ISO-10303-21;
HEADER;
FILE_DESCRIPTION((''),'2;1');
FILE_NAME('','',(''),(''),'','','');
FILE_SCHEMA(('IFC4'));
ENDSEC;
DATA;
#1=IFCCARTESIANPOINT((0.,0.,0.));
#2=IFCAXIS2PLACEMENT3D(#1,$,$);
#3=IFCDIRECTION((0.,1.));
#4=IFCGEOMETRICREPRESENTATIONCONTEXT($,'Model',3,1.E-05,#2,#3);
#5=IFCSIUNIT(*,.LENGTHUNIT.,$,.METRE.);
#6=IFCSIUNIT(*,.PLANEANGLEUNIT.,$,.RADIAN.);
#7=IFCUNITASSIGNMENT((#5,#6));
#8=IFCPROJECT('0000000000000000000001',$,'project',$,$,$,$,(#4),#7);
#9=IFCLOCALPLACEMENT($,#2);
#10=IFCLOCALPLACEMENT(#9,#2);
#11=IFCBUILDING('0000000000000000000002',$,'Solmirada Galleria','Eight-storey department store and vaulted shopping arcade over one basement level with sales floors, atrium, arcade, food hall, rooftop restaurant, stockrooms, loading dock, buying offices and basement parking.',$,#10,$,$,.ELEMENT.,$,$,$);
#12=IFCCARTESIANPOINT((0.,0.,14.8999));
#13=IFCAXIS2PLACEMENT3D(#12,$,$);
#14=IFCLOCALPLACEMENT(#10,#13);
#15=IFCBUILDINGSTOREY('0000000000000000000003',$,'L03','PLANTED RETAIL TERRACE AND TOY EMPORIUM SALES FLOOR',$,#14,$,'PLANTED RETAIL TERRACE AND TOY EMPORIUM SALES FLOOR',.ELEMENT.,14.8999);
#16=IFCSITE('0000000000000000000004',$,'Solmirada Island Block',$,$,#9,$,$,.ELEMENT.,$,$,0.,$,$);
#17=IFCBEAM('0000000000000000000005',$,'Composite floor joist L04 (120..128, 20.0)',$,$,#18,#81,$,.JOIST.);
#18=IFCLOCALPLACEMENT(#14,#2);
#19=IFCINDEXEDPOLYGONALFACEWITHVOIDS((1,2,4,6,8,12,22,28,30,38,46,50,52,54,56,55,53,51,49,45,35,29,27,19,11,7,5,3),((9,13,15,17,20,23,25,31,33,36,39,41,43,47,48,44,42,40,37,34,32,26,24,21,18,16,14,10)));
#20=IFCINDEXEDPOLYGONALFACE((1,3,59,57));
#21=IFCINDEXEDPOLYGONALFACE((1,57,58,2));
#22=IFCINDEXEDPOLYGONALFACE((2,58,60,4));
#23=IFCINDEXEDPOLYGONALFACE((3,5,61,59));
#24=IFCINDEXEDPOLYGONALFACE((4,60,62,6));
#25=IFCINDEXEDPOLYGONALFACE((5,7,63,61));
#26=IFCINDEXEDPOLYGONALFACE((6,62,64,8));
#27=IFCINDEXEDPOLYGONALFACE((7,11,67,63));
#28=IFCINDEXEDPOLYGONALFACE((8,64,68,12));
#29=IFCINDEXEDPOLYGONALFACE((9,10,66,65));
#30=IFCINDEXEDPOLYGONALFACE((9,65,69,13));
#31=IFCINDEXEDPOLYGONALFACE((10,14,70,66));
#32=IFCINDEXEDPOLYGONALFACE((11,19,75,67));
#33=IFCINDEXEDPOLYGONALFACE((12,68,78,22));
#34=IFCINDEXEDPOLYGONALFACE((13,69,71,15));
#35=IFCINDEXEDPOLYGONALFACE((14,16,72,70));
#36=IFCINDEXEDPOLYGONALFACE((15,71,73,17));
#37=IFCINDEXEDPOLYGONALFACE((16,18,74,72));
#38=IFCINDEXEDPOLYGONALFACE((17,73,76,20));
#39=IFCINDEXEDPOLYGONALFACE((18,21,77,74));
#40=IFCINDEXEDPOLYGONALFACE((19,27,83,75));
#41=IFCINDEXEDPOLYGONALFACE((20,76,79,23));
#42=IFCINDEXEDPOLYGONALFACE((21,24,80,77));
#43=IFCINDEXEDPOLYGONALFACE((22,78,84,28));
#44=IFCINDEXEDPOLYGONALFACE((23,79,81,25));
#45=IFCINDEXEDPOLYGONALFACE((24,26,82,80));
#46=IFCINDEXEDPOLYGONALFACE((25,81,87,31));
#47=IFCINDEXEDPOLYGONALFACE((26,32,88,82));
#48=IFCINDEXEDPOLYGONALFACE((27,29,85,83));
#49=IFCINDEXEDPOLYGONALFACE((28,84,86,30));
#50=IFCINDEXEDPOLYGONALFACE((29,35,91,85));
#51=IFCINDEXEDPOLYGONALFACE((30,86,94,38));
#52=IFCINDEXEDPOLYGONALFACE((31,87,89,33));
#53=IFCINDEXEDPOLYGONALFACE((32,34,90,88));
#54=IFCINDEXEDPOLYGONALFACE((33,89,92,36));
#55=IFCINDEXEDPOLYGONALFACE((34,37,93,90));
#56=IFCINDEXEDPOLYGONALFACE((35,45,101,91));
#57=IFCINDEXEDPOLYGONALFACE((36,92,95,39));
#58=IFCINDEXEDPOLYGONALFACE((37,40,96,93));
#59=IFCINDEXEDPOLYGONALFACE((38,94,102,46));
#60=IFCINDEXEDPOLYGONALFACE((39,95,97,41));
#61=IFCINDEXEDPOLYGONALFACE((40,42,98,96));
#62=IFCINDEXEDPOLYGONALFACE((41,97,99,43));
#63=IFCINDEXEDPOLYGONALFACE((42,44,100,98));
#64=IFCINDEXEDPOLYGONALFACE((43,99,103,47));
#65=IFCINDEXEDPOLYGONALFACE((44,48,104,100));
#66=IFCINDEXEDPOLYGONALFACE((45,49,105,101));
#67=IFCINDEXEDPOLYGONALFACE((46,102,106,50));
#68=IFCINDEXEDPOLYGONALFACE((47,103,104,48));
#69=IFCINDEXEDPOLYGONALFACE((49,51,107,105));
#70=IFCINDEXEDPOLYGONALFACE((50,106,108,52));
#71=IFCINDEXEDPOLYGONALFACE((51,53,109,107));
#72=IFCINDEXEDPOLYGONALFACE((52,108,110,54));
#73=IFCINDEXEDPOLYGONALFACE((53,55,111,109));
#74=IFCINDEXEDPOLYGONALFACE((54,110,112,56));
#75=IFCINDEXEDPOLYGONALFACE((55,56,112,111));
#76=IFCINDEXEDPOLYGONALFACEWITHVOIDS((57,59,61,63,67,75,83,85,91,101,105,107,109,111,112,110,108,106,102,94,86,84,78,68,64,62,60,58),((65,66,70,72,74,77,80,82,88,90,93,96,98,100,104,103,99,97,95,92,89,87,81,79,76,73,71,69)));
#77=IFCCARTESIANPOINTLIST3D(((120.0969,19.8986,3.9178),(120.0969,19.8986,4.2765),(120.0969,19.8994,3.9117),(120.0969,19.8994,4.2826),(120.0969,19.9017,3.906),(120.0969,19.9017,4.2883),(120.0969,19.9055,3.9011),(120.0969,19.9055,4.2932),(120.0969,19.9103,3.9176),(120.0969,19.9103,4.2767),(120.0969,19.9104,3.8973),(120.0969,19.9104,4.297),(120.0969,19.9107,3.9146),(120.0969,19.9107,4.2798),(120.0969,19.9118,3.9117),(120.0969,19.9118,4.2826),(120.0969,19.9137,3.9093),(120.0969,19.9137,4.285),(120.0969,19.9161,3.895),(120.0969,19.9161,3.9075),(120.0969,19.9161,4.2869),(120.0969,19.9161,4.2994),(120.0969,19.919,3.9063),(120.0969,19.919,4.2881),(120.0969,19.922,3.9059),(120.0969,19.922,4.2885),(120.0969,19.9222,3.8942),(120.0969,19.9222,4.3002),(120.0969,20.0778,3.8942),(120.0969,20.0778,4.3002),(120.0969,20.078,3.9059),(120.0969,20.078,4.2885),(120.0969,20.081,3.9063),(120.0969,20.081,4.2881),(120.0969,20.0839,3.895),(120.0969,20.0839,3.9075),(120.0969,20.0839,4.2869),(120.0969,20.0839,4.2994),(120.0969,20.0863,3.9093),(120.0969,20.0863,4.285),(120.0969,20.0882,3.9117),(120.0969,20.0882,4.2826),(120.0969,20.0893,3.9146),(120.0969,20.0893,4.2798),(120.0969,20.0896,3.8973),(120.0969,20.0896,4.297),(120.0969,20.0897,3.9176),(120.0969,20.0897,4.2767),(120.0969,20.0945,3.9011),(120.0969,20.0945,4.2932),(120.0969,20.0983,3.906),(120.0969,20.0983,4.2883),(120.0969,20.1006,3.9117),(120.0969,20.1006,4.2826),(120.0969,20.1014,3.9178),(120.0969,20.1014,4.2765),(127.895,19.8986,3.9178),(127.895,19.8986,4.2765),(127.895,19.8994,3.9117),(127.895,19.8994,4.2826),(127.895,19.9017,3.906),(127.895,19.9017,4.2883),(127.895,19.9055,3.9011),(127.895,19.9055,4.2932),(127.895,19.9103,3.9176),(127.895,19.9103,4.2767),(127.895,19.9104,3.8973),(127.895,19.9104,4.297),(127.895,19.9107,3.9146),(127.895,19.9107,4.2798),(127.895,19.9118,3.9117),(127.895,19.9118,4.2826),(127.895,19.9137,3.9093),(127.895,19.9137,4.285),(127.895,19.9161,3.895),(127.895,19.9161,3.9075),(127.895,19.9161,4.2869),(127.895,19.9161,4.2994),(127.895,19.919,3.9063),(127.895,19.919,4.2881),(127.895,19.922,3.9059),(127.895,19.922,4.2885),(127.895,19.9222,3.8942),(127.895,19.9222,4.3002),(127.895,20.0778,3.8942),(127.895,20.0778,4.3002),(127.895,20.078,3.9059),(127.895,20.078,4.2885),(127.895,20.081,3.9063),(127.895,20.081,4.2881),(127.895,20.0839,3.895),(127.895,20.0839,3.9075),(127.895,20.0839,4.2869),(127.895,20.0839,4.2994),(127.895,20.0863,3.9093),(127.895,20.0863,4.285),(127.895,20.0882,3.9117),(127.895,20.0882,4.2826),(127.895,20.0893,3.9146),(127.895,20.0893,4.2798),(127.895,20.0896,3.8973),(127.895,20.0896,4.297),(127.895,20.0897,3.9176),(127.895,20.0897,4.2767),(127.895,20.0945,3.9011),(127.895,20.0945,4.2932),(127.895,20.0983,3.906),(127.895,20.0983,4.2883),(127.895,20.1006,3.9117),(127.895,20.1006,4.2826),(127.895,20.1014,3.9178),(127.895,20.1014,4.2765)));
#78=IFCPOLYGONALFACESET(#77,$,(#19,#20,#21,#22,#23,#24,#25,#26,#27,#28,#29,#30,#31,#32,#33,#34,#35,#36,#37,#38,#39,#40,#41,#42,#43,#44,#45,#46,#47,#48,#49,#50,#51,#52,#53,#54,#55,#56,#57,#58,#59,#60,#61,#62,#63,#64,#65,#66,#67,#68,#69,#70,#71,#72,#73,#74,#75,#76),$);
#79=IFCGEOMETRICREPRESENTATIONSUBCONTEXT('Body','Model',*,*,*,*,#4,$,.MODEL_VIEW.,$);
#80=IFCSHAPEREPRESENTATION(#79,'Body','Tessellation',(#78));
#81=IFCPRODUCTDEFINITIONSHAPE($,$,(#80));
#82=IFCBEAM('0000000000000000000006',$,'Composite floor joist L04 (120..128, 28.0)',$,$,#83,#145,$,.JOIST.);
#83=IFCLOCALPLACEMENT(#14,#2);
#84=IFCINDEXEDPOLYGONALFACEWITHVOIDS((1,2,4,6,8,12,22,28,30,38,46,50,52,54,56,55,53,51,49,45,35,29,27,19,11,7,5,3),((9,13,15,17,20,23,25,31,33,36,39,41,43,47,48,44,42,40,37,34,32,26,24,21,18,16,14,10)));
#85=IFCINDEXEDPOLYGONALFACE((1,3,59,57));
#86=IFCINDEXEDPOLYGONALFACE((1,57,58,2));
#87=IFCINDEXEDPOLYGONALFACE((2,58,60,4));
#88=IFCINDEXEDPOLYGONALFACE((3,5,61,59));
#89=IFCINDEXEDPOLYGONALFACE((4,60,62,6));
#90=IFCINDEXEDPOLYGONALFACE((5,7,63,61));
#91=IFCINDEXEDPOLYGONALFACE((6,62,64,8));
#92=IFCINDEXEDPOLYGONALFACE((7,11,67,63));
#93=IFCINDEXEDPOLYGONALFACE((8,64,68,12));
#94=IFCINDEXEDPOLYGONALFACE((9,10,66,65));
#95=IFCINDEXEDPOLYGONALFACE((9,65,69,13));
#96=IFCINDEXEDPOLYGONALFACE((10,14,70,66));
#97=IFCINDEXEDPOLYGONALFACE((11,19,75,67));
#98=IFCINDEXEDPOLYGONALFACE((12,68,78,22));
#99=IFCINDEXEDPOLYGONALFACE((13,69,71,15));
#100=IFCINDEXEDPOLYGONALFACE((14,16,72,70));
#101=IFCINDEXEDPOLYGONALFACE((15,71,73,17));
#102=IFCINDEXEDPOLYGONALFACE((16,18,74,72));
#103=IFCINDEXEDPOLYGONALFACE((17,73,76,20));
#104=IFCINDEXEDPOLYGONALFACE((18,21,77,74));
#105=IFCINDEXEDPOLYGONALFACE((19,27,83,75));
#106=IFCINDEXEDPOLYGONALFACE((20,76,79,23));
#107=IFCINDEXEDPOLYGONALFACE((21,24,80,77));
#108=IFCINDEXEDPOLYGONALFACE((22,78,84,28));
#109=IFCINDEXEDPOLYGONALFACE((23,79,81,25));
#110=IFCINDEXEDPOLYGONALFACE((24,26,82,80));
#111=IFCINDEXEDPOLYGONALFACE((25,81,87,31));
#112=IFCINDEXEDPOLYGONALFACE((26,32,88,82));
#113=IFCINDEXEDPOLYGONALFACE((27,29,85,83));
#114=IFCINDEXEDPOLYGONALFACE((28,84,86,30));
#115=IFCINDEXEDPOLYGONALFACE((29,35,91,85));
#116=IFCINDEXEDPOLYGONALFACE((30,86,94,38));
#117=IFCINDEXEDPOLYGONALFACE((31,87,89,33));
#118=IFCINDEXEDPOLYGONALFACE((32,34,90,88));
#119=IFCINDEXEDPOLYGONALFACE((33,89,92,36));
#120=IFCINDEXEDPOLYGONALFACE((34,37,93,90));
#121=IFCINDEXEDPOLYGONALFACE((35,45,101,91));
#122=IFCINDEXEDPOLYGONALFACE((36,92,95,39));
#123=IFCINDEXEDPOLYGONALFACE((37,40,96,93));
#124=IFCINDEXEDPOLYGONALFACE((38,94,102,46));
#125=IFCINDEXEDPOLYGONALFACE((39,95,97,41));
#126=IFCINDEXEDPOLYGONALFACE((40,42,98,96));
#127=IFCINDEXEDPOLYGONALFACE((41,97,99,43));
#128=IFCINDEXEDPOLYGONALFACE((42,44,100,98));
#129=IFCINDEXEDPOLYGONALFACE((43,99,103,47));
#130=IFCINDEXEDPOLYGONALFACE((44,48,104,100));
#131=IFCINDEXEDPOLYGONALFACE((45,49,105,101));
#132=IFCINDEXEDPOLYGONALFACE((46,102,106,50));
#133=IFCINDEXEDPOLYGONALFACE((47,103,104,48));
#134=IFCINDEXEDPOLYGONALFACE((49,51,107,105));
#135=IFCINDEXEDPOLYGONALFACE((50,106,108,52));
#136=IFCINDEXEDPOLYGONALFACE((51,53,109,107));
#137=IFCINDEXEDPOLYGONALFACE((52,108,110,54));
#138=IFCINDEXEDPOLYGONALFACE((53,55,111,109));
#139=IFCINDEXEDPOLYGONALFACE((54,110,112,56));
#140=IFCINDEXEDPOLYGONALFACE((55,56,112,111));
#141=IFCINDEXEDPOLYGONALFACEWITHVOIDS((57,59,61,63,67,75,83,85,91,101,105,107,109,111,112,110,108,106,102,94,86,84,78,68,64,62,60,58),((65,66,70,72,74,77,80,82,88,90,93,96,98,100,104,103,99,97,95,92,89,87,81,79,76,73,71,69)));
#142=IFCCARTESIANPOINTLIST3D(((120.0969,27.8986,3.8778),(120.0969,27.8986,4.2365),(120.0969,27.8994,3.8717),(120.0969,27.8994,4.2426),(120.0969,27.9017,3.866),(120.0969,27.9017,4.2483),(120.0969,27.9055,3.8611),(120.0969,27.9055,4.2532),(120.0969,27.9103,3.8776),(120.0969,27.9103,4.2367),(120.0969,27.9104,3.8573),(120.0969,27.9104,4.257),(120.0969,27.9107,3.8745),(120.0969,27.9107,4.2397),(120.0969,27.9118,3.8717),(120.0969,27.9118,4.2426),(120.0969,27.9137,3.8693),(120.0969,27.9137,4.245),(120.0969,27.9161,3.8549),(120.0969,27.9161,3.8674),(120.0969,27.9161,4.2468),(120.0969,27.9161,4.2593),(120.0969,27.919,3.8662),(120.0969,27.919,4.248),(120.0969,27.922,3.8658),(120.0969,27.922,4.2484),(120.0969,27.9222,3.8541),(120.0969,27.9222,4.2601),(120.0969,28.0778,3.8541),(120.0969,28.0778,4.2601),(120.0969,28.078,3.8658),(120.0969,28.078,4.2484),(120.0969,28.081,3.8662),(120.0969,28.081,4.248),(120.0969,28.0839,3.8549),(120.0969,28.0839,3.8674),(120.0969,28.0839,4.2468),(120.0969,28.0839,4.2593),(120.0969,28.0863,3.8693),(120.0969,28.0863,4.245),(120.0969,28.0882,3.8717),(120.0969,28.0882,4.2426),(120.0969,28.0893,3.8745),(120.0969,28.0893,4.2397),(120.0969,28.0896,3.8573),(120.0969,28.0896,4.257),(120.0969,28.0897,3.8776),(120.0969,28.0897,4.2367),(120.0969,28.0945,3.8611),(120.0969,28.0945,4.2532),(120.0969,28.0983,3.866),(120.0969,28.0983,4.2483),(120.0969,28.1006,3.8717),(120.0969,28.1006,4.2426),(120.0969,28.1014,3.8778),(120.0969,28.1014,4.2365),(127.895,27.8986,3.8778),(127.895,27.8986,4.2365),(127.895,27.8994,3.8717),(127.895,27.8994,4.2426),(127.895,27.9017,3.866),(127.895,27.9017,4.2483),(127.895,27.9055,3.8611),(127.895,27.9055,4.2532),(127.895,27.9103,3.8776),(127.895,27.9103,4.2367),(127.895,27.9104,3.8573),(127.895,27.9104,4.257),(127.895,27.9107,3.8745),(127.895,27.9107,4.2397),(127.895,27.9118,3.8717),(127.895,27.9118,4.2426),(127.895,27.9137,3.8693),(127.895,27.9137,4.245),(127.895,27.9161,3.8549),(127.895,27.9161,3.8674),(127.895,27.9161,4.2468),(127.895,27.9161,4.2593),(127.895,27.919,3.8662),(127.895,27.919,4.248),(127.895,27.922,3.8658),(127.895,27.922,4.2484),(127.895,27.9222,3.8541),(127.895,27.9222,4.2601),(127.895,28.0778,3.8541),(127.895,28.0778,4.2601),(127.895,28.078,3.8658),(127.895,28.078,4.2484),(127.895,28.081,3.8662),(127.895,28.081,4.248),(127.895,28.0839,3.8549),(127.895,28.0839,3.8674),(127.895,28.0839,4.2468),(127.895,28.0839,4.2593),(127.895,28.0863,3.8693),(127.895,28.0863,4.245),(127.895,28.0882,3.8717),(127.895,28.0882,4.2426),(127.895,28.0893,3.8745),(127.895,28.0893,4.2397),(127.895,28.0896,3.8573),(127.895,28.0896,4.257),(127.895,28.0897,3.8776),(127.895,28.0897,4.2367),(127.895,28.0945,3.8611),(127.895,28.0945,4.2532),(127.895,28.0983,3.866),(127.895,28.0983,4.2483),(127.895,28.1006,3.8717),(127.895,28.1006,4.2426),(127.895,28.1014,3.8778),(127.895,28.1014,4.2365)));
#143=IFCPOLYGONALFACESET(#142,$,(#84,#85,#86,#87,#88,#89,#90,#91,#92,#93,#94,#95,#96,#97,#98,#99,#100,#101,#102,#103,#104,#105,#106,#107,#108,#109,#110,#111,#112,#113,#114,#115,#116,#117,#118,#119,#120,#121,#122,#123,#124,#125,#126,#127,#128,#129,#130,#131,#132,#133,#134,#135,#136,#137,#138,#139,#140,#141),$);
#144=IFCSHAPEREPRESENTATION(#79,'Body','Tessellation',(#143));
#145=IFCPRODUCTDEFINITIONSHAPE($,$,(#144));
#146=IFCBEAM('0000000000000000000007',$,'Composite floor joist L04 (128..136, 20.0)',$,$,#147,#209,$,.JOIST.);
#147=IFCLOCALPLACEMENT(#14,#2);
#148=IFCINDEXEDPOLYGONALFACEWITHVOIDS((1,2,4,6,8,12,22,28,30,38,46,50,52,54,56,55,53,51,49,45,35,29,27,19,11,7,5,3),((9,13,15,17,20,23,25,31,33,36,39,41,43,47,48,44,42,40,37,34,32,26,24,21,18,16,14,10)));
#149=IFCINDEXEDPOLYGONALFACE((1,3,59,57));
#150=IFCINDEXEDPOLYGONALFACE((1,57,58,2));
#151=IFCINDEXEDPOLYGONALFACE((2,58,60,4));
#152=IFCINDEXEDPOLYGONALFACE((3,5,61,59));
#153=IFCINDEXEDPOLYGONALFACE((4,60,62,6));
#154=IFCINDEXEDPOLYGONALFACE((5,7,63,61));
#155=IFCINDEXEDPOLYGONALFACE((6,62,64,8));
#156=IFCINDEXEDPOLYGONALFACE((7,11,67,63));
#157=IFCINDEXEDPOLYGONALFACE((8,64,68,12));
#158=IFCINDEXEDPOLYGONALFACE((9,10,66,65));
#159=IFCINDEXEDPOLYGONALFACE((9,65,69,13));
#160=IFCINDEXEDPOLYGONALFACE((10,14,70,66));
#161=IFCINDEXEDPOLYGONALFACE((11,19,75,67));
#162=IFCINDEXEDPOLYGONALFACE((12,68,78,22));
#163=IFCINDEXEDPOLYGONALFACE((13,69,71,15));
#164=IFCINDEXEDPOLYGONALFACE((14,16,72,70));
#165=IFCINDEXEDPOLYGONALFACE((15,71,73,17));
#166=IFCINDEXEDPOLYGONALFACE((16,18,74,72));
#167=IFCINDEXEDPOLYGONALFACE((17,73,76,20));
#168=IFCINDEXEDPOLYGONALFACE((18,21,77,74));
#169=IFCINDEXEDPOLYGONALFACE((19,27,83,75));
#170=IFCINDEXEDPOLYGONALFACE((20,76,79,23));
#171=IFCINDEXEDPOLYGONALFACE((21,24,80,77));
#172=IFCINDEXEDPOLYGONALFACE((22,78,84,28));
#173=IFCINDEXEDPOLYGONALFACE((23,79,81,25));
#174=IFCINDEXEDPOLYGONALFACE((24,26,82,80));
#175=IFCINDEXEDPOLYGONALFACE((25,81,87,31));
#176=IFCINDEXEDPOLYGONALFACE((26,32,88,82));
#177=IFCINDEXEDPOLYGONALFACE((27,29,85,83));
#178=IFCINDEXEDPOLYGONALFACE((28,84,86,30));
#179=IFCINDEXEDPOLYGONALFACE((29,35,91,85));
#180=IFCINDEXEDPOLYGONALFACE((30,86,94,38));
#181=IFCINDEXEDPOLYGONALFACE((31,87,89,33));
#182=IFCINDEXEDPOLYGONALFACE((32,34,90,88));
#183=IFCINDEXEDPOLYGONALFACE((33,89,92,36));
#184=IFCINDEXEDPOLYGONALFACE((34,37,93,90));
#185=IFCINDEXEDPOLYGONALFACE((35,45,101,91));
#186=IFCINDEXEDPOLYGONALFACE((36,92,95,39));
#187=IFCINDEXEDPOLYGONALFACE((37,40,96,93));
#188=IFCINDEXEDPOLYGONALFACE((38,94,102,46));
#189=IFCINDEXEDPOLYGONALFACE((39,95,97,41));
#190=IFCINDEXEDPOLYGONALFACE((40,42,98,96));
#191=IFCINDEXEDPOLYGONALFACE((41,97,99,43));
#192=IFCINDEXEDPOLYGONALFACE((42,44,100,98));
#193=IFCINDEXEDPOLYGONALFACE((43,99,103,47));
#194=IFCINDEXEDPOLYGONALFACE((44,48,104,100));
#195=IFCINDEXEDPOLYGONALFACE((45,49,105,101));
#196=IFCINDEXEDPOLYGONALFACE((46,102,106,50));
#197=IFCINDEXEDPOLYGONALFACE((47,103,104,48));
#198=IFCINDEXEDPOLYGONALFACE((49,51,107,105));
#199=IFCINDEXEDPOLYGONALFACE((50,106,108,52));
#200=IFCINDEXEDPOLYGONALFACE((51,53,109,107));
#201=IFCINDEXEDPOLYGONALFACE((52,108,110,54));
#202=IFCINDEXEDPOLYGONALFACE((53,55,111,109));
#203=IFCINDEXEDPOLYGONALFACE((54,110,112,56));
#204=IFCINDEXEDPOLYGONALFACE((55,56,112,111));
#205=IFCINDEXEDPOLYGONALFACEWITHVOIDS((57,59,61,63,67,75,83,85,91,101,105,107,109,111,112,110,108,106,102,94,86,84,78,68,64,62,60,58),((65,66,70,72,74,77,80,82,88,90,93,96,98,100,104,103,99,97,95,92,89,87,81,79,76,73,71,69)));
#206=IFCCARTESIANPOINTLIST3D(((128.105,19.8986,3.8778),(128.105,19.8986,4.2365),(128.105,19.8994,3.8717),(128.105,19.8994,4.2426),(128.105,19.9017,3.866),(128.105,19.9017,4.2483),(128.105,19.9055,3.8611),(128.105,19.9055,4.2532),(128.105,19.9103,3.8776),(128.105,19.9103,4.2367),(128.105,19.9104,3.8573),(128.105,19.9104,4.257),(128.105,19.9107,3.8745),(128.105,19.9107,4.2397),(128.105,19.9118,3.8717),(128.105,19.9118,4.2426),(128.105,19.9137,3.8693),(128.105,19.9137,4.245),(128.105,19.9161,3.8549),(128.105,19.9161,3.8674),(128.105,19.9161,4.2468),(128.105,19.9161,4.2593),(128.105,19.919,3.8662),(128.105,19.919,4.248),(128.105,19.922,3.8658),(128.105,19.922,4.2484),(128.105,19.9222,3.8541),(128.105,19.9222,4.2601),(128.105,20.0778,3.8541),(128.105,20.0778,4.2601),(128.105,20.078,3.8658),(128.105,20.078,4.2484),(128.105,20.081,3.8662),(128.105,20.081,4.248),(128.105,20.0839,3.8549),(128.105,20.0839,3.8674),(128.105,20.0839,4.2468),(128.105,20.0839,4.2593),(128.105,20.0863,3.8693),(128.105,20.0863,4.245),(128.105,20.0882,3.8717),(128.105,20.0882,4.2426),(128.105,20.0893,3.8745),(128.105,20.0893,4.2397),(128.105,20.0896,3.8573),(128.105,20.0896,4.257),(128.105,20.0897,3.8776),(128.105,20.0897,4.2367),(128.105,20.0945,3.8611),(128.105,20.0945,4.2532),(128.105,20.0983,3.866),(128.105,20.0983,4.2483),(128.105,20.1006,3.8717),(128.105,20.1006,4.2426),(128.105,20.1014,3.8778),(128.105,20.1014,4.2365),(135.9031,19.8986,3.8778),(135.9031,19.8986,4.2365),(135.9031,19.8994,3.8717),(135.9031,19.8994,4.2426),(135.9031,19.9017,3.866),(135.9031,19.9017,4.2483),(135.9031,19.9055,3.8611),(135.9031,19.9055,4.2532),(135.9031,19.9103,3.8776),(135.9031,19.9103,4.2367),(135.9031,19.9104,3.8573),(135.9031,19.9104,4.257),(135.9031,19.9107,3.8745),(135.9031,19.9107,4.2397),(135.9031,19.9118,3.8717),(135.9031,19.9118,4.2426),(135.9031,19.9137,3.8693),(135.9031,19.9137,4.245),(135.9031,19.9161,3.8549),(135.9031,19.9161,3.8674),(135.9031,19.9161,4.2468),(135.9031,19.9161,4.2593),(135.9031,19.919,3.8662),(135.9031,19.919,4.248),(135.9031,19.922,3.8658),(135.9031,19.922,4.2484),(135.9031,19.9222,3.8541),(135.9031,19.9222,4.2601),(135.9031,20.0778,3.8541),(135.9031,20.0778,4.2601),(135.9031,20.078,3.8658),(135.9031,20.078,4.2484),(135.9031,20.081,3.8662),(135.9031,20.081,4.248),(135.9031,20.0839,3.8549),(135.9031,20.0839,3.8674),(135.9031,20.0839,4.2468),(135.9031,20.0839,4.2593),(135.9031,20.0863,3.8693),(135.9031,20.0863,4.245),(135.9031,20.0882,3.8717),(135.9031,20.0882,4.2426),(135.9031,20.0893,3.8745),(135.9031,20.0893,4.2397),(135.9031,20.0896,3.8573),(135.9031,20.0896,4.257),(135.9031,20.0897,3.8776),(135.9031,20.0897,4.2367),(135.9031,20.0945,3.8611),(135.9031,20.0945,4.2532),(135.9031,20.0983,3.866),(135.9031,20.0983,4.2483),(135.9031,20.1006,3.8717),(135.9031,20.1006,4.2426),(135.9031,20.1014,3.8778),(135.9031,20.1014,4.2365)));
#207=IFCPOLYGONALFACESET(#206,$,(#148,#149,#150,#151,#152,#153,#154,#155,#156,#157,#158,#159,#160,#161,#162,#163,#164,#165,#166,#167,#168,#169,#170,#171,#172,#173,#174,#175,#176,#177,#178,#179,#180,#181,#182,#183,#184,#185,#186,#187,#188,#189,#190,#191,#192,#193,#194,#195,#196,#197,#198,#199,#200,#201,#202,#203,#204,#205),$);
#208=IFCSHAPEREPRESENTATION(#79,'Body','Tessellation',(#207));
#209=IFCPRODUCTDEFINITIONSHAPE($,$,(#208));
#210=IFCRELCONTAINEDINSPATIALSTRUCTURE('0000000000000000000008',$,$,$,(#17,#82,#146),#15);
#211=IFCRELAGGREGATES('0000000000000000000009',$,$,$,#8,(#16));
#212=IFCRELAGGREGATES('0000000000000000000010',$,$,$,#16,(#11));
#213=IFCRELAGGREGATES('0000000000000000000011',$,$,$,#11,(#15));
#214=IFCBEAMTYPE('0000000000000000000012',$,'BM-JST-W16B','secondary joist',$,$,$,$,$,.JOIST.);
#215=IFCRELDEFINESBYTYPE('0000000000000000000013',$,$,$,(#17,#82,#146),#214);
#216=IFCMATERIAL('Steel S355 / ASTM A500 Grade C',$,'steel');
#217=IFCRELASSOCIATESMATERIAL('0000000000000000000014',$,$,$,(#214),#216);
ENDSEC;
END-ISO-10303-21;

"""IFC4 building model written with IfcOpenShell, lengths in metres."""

from ifc_helpers import new_model, si_unit, direction, frame, origin, origin_2d, place, context, subcontext, project, spatial, hollow_rectangle, extrude, material, material_profile, profile_set, type_object, element, save


model = new_model("IFC4")

# Units and contexts
model_context = context("Model", 3, precision=1e-05, world=origin(), true_north=direction((0.0, 1.0)))
body_context = subcontext(model_context, "Body", "Model", "MODEL_VIEW")
ifc_project = project(units=[si_unit("LENGTHUNIT", "METRE"), si_unit("PLANEANGLEUNIT", "RADIAN")], contexts=[model_context])

# Site, building, storey
site_placement = place(None, origin())
site = spatial("IfcSite", under=ifc_project, at=site_placement, Name="Solmirada Island Block", CompositionType="ELEMENT", RefElevation=0.0)
building_placement = place(site_placement, origin())
building = spatial("IfcBuilding", under=site, at=building_placement, Name="Solmirada Galleria", Description="Eight-storey department store and vaulted shopping arcade over one basement level with sales floors, atrium, arcade, food hall, rooftop restaurant, stockrooms, loading dock, buying offices and basement parking.", CompositionType="ELEMENT")
storey_placement = place(building_placement, frame((0.0, 0.0, 14.8999)))
storey = spatial("IfcBuildingStorey", under=building, at=storey_placement, Name="L03", Description="PLANTED RETAIL TERRACE AND TOY EMPORIUM SALES FLOOR", LongName="PLANTED RETAIL TERRACE AND TOY EMPORIUM SALES FLOOR", CompositionType="ELEMENT", Elevation=14.8999)

# Shared definitions
ifc_material_1 = material(Name="Steel S355 / ASTM A500 Grade C", Category="steel")

# Beams
ifc_material_profile_1 = material_profile(ifc_material_1, hollow_rectangle(XDim=0.2029, YDim=0.406, WallThickness=0.0117, InnerFilletRadius=0.0117, OuterFilletRadius=0.0237, at=origin_2d()), Name="HSS16X8X1/2")
ifc_profile_set_1 = profile_set([ifc_material_profile_1], Name="Steel S355 / ASTM A500 Grade C")
beam_type_1 = type_object("IfcBeamType", Name="BM-JST-W16B", Description="secondary joist", PredefinedType="JOIST", material=ifc_profile_set_1)
for number, where, z_axis, x_axis, name in (
    (1, (120.0969, 20.0, 4.0972), (1.0, 0.0, 0.0), (0.0, 1.0, 0.0), "Composite floor joist L04 (120..128, 20.0)"),
    (2, (120.0969, 28.0, 4.0571), (1.0, 0.0, 0.0), (0.0, 1.0, 0.0), "Composite floor joist L04 (120..128, 28.0)"),
    (3, (128.105, 20.0, 4.0571), (1.0, 0.0, 0.0), (0.0, 1.0, 0.0), "Composite floor joist L04 (128..136, 20.0)"),
):
    element("IfcBeam", number, at=place(storey_placement, frame(where, z_axis=z_axis, x_axis=x_axis)), inside=storey, type_object=beam_type_1, Name=name, PredefinedType="JOIST", context=body_context, shape_type="SweptSolid", body=[
        extrude(hollow_rectangle(XDim=0.2029, YDim=0.406, WallThickness=0.0117, InnerFilletRadius=0.0117, OuterFilletRadius=0.0237, at=origin_2d()), origin(), (0.0, 0.0, 1.0), 7.7981),
    ])

save(model, "model.ifc")
